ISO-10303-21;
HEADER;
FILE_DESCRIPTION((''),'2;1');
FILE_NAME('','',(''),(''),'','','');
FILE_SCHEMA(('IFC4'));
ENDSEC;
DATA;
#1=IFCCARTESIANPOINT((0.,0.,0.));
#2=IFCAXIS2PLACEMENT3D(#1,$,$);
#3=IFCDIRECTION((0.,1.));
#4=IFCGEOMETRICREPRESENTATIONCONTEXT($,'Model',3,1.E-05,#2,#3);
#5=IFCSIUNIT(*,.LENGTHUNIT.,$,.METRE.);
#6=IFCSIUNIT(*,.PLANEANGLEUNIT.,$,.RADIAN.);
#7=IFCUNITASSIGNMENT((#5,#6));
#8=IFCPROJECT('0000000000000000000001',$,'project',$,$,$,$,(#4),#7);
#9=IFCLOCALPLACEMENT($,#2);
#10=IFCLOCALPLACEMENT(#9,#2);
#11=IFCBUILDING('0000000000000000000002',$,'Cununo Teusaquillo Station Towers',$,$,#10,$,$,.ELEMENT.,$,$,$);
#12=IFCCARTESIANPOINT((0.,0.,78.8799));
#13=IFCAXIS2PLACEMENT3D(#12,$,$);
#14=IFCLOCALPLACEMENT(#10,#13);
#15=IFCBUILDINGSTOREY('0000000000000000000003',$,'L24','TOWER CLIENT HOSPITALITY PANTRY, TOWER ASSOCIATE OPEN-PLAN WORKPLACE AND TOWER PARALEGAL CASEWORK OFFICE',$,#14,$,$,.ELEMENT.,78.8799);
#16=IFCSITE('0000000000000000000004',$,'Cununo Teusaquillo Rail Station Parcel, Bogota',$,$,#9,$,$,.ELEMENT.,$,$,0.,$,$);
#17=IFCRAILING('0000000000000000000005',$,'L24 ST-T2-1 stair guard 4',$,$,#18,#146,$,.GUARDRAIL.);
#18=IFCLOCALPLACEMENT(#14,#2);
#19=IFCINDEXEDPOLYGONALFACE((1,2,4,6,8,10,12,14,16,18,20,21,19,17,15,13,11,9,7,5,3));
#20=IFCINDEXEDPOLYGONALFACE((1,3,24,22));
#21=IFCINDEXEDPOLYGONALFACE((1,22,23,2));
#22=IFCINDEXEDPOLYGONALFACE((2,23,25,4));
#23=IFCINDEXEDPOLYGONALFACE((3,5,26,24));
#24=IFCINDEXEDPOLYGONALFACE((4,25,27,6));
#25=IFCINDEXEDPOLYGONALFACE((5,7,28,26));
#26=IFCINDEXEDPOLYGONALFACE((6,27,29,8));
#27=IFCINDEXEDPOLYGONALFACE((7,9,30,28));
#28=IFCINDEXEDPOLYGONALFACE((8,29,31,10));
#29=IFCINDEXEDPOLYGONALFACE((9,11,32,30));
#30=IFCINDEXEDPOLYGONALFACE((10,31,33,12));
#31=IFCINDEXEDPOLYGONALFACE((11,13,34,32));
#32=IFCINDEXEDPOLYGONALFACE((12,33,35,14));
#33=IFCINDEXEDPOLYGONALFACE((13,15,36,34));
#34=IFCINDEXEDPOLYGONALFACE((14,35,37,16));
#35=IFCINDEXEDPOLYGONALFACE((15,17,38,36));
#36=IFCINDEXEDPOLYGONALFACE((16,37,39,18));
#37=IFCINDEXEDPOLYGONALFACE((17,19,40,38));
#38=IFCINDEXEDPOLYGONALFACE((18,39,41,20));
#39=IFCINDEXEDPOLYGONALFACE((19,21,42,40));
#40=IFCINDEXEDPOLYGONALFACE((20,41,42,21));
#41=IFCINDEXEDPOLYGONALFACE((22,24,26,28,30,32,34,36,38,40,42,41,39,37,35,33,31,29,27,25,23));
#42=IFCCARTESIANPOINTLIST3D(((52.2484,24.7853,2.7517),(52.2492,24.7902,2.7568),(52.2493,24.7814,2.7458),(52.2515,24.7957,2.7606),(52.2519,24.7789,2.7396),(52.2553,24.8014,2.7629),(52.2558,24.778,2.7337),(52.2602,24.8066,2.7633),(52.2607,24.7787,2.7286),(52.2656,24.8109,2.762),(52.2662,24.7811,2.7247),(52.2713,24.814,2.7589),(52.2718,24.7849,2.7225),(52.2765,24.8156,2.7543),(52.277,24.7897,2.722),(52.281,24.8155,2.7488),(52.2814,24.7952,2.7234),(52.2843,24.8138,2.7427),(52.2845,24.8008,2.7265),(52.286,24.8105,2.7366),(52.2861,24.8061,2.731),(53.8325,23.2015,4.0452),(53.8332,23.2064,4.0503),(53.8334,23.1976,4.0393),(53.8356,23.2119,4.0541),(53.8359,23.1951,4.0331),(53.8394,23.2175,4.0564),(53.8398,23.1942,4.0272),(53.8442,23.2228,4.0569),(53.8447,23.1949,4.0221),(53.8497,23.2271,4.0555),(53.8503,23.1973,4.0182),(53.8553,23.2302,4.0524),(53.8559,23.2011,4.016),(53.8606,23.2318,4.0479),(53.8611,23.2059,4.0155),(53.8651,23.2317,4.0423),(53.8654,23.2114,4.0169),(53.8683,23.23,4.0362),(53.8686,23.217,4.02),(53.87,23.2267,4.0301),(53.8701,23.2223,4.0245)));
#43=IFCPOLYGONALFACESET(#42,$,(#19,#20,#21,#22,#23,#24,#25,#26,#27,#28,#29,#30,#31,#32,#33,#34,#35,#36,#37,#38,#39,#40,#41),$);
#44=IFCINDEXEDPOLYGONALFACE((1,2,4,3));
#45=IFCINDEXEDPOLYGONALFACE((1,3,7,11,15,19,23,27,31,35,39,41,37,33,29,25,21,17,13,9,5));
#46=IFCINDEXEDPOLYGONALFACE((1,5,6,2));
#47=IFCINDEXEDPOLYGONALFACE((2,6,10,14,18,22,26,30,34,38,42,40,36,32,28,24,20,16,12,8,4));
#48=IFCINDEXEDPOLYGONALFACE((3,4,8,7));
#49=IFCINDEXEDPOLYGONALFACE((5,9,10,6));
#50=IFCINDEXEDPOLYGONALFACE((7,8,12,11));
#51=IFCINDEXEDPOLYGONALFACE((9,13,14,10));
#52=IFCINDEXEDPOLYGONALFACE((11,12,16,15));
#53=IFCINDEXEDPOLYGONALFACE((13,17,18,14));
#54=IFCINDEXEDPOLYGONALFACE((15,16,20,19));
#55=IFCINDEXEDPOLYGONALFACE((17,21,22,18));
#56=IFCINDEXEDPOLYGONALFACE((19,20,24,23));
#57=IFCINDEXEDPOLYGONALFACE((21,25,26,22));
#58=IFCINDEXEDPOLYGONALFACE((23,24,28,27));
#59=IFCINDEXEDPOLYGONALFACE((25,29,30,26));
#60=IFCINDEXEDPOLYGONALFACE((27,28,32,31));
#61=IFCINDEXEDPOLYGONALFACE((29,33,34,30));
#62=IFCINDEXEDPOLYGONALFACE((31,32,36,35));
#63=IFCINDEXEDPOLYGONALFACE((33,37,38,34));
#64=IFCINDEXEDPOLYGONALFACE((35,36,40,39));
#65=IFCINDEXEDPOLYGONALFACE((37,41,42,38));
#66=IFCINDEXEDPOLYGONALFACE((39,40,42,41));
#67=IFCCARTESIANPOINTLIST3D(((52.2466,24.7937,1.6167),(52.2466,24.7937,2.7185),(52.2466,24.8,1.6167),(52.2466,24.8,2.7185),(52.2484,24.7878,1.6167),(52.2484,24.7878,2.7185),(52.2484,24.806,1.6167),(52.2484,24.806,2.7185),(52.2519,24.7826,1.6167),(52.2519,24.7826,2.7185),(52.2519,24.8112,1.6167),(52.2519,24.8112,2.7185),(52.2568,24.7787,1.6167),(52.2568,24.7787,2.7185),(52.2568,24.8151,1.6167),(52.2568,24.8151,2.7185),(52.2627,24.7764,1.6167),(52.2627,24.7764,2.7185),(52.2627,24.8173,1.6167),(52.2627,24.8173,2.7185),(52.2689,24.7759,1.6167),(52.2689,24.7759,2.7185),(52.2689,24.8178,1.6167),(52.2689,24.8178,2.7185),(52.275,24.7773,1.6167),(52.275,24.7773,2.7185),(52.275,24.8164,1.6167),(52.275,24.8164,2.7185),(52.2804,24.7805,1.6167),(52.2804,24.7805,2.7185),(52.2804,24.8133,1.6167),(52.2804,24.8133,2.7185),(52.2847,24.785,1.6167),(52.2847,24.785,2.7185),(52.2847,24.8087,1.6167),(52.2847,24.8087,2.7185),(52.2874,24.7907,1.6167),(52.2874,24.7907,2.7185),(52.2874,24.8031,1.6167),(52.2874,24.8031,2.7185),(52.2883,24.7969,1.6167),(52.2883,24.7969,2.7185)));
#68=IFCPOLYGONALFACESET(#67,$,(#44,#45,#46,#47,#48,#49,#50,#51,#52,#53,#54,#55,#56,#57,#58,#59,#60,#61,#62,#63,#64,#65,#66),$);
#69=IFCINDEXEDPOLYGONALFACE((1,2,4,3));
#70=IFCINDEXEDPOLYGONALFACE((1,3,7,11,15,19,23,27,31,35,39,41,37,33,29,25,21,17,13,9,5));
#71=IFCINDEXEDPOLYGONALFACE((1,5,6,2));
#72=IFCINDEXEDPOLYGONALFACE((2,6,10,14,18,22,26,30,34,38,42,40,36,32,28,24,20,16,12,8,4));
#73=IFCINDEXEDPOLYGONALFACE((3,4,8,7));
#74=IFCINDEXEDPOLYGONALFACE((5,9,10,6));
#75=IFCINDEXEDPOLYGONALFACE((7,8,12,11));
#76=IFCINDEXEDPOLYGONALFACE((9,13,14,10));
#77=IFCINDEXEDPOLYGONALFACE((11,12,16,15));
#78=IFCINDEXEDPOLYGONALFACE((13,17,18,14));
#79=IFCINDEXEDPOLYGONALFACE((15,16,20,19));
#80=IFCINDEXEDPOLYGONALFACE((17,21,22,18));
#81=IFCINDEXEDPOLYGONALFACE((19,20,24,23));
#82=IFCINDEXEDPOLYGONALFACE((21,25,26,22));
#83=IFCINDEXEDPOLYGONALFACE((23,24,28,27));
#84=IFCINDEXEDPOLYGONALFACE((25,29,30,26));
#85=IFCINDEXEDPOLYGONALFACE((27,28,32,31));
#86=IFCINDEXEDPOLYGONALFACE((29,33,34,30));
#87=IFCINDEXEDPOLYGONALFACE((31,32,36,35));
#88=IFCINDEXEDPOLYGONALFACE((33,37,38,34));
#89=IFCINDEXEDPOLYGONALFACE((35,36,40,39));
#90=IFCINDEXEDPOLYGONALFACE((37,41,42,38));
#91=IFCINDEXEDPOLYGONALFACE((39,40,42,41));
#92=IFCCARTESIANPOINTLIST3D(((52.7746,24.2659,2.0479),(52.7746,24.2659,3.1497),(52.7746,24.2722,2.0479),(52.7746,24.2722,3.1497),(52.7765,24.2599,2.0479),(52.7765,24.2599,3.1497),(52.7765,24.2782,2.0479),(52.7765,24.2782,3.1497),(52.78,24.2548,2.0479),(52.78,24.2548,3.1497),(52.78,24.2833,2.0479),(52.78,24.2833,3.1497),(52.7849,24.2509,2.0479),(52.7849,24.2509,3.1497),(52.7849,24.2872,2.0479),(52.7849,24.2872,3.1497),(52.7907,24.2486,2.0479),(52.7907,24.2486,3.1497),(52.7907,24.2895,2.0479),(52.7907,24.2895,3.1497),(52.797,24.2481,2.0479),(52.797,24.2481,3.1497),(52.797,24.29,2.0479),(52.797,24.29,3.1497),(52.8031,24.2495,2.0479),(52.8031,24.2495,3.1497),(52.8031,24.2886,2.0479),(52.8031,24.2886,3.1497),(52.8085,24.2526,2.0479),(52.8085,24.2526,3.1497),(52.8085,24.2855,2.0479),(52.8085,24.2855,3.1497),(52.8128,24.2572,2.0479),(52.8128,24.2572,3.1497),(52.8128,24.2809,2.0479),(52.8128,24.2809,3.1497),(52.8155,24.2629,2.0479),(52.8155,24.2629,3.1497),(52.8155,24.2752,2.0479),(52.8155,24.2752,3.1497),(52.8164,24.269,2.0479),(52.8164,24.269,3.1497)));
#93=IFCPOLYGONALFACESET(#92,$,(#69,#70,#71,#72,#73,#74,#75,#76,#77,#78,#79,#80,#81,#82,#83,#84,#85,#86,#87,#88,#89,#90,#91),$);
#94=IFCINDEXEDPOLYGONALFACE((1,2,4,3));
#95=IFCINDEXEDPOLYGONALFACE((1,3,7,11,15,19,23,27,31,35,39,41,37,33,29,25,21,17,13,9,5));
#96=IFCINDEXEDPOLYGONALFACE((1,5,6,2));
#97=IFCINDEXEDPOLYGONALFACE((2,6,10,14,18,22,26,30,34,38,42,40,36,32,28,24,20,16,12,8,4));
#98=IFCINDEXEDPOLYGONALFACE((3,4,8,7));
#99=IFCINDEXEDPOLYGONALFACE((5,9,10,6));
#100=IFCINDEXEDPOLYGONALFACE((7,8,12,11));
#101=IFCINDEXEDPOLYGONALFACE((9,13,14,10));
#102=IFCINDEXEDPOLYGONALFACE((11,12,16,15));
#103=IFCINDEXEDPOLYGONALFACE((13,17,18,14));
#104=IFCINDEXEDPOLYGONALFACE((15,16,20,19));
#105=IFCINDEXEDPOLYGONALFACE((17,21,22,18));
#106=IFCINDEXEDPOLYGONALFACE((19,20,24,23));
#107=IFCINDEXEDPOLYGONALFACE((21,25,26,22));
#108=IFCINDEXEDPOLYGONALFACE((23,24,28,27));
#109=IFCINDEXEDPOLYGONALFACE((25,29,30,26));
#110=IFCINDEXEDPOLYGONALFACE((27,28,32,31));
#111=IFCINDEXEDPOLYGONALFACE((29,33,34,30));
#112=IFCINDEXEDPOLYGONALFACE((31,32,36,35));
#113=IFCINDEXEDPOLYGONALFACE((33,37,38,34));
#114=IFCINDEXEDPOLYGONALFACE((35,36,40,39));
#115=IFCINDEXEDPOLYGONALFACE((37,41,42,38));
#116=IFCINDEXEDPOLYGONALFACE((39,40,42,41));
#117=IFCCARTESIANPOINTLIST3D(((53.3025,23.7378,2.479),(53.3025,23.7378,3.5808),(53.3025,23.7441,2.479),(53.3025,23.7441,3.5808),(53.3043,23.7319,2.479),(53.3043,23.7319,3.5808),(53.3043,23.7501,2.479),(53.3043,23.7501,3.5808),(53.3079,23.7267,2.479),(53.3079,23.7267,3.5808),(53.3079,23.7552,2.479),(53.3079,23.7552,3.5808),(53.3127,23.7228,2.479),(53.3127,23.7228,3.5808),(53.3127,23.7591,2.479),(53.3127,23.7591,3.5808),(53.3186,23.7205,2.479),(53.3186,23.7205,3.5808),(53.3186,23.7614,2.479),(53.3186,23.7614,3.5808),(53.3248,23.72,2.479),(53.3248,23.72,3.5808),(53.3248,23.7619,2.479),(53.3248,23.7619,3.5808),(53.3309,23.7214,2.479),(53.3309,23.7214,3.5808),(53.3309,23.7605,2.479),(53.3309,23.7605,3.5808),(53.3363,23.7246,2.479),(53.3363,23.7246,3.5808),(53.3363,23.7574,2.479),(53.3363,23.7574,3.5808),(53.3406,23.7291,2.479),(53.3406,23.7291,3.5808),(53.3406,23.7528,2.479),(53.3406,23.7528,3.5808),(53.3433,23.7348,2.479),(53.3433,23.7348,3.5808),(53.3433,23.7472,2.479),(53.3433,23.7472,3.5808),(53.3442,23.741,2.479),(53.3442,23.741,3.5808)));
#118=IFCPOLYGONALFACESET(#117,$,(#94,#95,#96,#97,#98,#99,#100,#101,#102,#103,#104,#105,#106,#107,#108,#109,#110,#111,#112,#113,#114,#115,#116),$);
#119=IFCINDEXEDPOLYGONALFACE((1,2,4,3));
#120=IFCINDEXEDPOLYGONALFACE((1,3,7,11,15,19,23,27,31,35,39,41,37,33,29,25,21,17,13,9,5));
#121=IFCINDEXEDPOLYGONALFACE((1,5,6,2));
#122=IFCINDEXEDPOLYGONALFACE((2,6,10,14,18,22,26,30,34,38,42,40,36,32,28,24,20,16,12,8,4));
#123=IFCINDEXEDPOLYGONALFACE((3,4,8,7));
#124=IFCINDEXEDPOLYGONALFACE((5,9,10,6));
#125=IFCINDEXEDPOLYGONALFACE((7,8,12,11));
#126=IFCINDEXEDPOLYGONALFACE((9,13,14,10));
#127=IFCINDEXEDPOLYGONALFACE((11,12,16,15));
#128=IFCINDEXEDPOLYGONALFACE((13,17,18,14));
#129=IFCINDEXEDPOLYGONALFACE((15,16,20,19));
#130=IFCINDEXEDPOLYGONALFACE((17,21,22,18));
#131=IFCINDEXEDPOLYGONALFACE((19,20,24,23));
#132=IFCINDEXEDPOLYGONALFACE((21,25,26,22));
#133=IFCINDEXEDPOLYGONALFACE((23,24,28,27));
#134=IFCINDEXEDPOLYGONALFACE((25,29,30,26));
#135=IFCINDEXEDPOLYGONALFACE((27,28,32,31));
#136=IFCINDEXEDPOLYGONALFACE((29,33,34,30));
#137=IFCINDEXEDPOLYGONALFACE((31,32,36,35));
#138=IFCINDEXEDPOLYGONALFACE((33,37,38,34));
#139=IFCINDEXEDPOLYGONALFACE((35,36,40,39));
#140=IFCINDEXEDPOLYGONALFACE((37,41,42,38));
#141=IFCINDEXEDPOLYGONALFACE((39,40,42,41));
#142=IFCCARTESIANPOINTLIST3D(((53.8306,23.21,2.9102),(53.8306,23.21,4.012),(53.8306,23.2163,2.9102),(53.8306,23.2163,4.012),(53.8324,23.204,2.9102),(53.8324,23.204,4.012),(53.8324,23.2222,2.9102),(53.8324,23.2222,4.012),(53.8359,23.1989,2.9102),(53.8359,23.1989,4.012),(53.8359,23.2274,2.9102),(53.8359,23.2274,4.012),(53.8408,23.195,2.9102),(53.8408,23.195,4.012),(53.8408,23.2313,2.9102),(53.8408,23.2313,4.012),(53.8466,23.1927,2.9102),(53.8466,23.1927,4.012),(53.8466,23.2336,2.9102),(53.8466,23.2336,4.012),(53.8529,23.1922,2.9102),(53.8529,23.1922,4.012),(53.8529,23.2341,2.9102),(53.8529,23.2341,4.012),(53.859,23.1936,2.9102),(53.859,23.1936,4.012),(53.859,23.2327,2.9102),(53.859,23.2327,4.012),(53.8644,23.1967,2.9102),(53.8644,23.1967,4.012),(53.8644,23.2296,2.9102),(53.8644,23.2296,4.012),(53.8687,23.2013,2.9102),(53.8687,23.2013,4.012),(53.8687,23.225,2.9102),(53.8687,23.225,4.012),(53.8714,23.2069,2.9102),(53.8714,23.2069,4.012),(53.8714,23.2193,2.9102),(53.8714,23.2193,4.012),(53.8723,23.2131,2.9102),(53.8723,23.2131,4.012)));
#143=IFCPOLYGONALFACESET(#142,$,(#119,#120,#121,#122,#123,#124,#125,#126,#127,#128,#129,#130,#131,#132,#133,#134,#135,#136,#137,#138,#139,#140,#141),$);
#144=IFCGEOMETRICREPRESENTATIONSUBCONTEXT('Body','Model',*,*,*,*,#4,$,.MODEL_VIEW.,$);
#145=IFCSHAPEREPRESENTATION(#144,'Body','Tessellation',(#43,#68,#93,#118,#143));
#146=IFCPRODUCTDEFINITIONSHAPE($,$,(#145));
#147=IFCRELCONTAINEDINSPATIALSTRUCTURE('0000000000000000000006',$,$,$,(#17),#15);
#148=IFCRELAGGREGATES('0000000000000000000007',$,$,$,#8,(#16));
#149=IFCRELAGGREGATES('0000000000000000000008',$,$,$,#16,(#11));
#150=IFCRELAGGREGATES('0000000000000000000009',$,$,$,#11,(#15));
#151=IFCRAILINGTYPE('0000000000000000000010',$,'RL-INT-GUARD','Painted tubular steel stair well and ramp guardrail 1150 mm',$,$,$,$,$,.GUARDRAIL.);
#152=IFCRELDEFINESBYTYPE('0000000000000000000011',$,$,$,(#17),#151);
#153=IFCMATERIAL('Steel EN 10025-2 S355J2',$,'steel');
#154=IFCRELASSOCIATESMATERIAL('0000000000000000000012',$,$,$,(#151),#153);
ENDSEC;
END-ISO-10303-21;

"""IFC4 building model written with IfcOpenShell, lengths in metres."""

from ifc_helpers import new_model, si_unit, direction, frame, origin, origin_2d, place, context, subcontext, project, spatial, circle, extrude, material, type_object, element, save


model = new_model("IFC4")

# Units and contexts
model_context = context("Model", 3, precision=1e-05, world=origin(), true_north=direction((0.0, 1.0)))
body_context = subcontext(model_context, "Body", "Model", "MODEL_VIEW")
ifc_project = project(units=[si_unit("LENGTHUNIT", "METRE"), si_unit("PLANEANGLEUNIT", "RADIAN")], contexts=[model_context])

# Site, building, storey
site_placement = place(None, origin())
site = spatial("IfcSite", under=ifc_project, at=site_placement, Name="Cununo Teusaquillo Rail Station Parcel, Bogota", CompositionType="ELEMENT", RefElevation=0.0)
building_placement = place(site_placement, origin())
building = spatial("IfcBuilding", under=site, at=building_placement, Name="Cununo Teusaquillo Station Towers", CompositionType="ELEMENT")
storey_placement = place(building_placement, frame((0.0, 0.0, 78.8799)))
storey = spatial("IfcBuildingStorey", under=building, at=storey_placement, Name="L24", Description="TOWER CLIENT HOSPITALITY PANTRY, TOWER ASSOCIATE OPEN-PLAN WORKPLACE AND TOWER PARALEGAL CASEWORK OFFICE", CompositionType="ELEMENT", Elevation=78.8799)

# Railing
ifc_material_1 = material(Name="Steel EN 10025-2 S355J2", Category="steel")
railing_type_1 = type_object("IfcRailingType", Name="RL-INT-GUARD", Description="Painted tubular steel stair well and ramp guardrail 1150 mm", PredefinedType="GUARDRAIL", material=ifc_material_1)
railing_1_placement = place(storey_placement, frame((52.2673, 24.7969, 1.6167)))
element("IfcRailing", 1, at=railing_1_placement, inside=storey, type_object=railing_type_1, Name="L24 ST-T2-1 stair guard 4", PredefinedType="GUARDRAIL", context=body_context, shape_type="SweptSolid", body=[
    extrude(circle(Radius=0.0239, at=origin_2d()), frame((0.0, 0.0, 1.126), z_axis=(0.612391, -0.612297, 0.500069), x_axis=(0.707052, 0.707161, 0.0)), (0.0, 0.0, 1.0), 2.5867),
    extrude(circle(Radius=0.021, at=origin_2d()), origin(), (0.0, 0.0, 1.0), 1.1018),
    extrude(circle(Radius=0.021, at=origin_2d()), frame((0.5281, -0.5278, 0.4312)), (0.0, 0.0, 1.0), 1.1018),
    extrude(circle(Radius=0.021, at=origin_2d()), frame((1.0559, -1.0559, 0.8623)), (0.0, 0.0, 1.0), 1.1018),
    extrude(circle(Radius=0.021, at=origin_2d()), frame((1.584, -1.5837, 1.2935)), (0.0, 0.0, 1.0), 1.1018),
])

save(model, "model.ifc")
